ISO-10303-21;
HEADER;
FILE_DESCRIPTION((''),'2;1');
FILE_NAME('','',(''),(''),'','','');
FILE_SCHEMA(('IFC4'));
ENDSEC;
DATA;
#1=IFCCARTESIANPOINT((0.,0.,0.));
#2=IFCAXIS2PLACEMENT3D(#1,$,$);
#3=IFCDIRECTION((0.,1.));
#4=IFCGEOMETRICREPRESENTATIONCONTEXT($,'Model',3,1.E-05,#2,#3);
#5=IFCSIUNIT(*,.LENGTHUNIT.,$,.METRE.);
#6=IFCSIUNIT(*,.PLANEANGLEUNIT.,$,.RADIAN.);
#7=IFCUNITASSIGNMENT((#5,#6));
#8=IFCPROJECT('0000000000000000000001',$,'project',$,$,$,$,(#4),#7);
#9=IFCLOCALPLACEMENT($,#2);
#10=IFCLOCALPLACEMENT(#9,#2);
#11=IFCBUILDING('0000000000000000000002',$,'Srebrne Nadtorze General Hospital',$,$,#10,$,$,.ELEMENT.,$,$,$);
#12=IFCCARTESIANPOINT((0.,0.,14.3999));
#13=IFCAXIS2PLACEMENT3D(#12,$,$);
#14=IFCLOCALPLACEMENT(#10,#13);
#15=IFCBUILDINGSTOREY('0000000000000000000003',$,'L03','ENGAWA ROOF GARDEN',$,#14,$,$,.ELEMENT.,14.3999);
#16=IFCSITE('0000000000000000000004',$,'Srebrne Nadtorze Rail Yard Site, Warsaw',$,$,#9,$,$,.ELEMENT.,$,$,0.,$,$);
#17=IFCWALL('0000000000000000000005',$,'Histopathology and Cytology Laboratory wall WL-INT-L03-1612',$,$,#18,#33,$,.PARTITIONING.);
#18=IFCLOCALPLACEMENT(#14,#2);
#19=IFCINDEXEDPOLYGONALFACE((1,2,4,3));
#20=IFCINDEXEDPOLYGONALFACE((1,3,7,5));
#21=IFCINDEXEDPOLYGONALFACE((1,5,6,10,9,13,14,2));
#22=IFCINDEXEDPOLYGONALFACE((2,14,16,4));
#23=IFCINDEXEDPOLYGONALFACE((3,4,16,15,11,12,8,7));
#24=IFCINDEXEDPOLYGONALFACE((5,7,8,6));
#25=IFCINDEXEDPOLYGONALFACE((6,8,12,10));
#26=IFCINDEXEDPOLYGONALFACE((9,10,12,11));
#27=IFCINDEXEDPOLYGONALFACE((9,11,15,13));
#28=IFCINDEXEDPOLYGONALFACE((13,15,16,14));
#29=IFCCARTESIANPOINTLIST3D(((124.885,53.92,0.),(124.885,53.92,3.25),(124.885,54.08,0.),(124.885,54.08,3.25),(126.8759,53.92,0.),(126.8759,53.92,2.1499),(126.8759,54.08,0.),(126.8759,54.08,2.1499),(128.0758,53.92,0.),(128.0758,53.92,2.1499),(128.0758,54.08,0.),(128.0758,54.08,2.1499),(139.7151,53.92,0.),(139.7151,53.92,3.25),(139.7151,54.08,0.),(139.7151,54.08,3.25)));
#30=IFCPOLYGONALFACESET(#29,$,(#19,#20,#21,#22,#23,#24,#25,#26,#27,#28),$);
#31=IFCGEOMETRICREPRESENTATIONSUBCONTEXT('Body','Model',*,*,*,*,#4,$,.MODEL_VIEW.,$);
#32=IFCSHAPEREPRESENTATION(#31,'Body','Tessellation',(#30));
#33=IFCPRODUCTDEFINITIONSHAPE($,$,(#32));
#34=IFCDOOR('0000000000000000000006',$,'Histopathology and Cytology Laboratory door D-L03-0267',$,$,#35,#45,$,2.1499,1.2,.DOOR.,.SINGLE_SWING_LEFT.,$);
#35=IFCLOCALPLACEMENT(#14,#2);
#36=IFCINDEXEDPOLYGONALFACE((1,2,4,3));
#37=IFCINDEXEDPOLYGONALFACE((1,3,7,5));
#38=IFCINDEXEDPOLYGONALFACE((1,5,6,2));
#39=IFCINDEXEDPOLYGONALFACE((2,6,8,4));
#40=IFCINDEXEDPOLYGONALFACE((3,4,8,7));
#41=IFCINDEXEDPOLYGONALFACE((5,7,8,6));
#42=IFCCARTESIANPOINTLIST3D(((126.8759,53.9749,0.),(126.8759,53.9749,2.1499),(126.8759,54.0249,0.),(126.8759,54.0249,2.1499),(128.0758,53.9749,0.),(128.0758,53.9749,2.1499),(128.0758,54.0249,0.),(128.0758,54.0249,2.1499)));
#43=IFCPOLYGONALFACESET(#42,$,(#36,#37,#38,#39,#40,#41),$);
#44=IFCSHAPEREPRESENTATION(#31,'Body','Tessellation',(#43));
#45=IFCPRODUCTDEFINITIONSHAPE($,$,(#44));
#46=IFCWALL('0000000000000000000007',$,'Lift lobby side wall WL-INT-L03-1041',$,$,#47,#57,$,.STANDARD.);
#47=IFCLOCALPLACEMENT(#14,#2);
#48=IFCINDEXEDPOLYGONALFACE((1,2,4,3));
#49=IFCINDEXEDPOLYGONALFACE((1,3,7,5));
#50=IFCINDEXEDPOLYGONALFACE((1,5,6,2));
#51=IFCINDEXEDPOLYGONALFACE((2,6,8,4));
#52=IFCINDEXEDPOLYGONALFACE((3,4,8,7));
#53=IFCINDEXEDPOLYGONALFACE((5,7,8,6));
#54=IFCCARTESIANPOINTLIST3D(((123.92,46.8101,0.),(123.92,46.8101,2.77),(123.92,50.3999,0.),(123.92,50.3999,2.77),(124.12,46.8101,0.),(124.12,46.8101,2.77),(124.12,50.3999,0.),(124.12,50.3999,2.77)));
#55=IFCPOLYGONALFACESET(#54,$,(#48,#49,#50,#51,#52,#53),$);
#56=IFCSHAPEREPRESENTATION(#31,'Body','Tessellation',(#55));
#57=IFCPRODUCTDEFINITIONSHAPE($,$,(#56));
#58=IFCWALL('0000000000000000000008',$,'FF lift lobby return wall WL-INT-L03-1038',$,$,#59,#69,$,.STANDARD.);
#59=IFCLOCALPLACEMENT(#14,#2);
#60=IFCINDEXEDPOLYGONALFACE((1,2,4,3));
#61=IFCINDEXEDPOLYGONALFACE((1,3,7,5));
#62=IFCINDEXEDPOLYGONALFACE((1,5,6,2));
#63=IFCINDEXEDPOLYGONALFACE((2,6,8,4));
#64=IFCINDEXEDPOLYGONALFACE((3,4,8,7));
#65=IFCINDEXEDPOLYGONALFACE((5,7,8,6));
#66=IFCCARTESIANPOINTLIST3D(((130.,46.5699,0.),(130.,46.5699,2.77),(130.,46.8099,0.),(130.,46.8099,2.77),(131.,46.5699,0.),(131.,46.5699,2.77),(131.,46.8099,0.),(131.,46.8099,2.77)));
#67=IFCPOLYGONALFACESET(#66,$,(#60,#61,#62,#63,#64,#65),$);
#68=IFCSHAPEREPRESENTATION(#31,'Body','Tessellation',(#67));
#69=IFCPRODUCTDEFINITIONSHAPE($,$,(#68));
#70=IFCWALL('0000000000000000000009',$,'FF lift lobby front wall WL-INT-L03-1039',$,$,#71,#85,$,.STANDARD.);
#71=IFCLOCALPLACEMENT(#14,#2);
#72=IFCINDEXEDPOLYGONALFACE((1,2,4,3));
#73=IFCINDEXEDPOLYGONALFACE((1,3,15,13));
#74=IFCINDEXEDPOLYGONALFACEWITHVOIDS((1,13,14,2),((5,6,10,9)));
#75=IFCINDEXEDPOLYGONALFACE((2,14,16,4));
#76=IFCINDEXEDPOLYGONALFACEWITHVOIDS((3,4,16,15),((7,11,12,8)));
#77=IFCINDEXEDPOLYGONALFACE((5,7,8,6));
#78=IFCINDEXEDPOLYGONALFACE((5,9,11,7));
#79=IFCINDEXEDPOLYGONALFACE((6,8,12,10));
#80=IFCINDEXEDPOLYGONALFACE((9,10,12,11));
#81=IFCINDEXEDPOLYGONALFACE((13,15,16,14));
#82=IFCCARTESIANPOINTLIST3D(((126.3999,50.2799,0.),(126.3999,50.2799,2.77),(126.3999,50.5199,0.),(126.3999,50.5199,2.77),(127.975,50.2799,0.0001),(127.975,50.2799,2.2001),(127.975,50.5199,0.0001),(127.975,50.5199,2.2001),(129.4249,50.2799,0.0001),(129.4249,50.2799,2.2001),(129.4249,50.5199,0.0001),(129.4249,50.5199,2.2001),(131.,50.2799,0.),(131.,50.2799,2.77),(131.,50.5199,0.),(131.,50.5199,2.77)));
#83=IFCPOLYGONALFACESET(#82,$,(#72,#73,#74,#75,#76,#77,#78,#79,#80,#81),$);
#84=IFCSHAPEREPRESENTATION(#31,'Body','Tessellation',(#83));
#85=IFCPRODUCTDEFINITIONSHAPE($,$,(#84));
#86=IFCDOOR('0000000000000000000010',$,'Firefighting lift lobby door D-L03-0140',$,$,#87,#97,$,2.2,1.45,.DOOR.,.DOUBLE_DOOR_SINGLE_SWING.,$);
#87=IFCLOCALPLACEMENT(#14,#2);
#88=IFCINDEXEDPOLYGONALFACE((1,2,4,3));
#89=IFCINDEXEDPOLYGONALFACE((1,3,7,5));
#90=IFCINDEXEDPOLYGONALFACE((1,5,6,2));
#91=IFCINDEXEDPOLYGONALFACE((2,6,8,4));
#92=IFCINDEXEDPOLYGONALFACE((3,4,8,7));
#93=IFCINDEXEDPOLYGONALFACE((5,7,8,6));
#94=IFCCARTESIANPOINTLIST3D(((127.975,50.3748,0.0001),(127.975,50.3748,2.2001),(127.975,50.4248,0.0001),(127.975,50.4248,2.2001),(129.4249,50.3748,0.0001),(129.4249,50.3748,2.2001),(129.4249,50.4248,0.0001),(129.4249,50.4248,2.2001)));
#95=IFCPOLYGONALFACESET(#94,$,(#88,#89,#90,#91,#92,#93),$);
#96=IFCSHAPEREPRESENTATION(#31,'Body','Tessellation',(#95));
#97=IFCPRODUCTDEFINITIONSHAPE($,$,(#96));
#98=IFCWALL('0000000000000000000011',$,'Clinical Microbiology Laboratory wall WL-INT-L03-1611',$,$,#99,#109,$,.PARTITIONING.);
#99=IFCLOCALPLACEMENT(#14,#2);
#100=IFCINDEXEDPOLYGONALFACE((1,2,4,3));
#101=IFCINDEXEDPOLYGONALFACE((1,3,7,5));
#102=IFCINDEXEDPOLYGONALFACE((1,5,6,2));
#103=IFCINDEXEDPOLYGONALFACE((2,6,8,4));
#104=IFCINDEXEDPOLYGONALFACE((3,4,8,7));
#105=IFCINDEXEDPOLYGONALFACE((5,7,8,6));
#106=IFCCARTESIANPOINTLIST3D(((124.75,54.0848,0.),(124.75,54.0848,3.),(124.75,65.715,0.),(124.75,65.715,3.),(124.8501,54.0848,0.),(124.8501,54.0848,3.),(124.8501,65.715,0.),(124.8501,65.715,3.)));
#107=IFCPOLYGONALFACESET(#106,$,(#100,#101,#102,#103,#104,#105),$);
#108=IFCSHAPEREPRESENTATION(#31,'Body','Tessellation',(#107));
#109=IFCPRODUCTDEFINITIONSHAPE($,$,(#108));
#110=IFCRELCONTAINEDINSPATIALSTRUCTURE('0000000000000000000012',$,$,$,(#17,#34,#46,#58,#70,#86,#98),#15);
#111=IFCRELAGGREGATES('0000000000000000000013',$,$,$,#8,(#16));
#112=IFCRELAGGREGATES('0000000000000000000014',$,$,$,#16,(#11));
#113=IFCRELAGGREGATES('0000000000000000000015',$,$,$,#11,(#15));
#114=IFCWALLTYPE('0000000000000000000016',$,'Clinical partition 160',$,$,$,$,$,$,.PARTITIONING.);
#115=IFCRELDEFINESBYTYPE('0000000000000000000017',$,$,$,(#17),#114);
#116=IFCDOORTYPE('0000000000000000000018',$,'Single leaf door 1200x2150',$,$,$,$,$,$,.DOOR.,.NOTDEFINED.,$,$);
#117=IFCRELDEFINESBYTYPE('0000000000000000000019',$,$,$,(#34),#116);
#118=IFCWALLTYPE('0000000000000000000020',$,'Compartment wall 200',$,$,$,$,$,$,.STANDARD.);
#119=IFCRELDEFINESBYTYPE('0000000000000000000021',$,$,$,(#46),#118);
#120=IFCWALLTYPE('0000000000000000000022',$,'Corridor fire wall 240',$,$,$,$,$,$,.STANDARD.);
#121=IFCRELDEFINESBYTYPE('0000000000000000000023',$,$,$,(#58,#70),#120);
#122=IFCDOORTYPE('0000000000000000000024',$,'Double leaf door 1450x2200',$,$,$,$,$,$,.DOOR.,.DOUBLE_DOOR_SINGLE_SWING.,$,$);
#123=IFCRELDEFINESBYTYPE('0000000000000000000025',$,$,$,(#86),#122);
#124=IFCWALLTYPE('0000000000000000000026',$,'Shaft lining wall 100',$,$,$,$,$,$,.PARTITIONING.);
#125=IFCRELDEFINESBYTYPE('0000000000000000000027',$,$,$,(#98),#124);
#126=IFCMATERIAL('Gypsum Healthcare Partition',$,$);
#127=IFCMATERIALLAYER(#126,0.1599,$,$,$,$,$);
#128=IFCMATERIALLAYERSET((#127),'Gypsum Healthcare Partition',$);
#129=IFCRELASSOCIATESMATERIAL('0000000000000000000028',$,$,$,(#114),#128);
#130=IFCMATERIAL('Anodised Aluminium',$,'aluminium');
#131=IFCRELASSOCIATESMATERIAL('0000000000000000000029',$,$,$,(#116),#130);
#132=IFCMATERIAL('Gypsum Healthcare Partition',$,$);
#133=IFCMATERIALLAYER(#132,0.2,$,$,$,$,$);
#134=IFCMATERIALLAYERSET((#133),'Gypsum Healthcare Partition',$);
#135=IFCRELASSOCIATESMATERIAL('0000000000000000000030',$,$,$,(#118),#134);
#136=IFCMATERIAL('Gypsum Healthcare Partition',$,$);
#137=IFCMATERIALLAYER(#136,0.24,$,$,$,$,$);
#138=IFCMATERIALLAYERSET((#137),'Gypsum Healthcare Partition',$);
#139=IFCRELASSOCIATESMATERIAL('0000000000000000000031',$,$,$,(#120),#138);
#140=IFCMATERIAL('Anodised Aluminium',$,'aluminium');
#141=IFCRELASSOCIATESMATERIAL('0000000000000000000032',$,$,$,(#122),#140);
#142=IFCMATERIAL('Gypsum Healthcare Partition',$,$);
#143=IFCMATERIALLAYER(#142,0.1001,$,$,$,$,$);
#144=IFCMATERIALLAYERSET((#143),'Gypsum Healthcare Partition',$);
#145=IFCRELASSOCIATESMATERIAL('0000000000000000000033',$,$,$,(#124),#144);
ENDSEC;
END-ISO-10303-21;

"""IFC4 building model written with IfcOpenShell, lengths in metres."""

from ifc_helpers import new_model, si_unit, direction, frame, frame_2d, origin, place, context, subcontext, project, spatial, rectangle, extrude, material, layer, layer_set, type_object, element, fill, save


model = new_model("IFC4")

# Units and contexts
model_context = context("Model", 3, precision=1e-05, world=origin(), true_north=direction((0.0, 1.0)))
body_context = subcontext(model_context, "Body", "Model", "MODEL_VIEW")
ifc_project = project(units=[si_unit("LENGTHUNIT", "METRE"), si_unit("PLANEANGLEUNIT", "RADIAN")], contexts=[model_context])

# Site, building, storey
site_placement = place(None, origin())
site = spatial("IfcSite", under=ifc_project, at=site_placement, Name="Srebrne Nadtorze Rail Yard Site, Warsaw", CompositionType="ELEMENT", RefElevation=0.0)
building_placement = place(site_placement, origin())
building = spatial("IfcBuilding", under=site, at=building_placement, Name="Srebrne Nadtorze General Hospital", CompositionType="ELEMENT")
storey_placement = place(building_placement, frame((0.0, 0.0, 14.3999)))
storey = spatial("IfcBuildingStorey", under=building, at=storey_placement, Name="L03", Description="ENGAWA ROOF GARDEN", CompositionType="ELEMENT", Elevation=14.3999)

# Wall, opening, door
ifc_material_1 = material(Name="Gypsum Healthcare Partition")
ifc_layer_1 = layer(ifc_material_1, 0.1599)
ifc_layer_set_1 = layer_set([ifc_layer_1], Name="Gypsum Healthcare Partition")
wall_type_1 = type_object("IfcWallType", Name="Clinical partition 160", PredefinedType="PARTITIONING", material=ifc_layer_set_1)
wall_1_placement = place(storey_placement, frame((124.885, 54.0, 0.0), z_axis=(0.0, 0.0, 1.0), x_axis=(1.0, 0.0, 0.0)))
wall_1 = element("IfcWall", 1, at=wall_1_placement, inside=storey, type_object=wall_type_1, Name="Histopathology and Cytology Laboratory wall WL-INT-L03-1612", PredefinedType="PARTITIONING", context=body_context, shape_type="SweptSolid", body=[
    extrude(rectangle(XDim=14.8301, YDim=0.1599, at=frame_2d((7.415, 0.0))), origin(), (0.0, 0.0, 1.0), 3.25),
])
opening_1_placement = place(wall_1_placement, frame((1.9907, 0.0, 0.0)))
opening_1 = element("IfcOpeningElement", 2, at=opening_1_placement, cuts=wall_1, PredefinedType="OPENING", context=body_context, shape_type="SweptSolid", body=[
    extrude(rectangle(XDim=1.2, YDim=2.1499, at=frame_2d((0.6001, 1.075))), frame((0.0, 0.0918, 0.0), z_axis=(0.0, -1.0, 0.0), x_axis=(1.0, 0.0, 0.0)), (0.0, 0.0, 1.0), 0.1838),
])
ifc_material_2 = material(Name="Anodised Aluminium", Category="aluminium")
door_type_1 = type_object("IfcDoorType", Name="Single leaf door 1200x2150", OperationType="NOTDEFINED", PredefinedType="DOOR", material=ifc_material_2)
door_1_placement = place(opening_1_placement, origin())
door_1 = element("IfcDoor", 3, at=door_1_placement, inside=storey, type_object=door_type_1, Name="Histopathology and Cytology Laboratory door D-L03-0267", OperationType="SINGLE_SWING_LEFT", OverallHeight=2.1499, OverallWidth=1.2, PredefinedType="DOOR", context=body_context, shape_type="SweptSolid", body=[
    extrude(rectangle(XDim=1.2, YDim=2.1499, at=frame_2d((0.6001, 1.075))), frame((0.0, 0.0249, 0.0), z_axis=(0.0, -1.0, 0.0), x_axis=(1.0, 0.0, 0.0)), (0.0, 0.0, 1.0), 0.05),
])
fill(opening_1, door_1)

# Walls
ifc_material_3 = material(Name="Gypsum Healthcare Partition")
ifc_layer_2 = layer(ifc_material_3, 0.2)
ifc_layer_set_2 = layer_set([ifc_layer_2], Name="Gypsum Healthcare Partition")
wall_type_2 = type_object("IfcWallType", Name="Compartment wall 200", PredefinedType="STANDARD", material=ifc_layer_set_2)
wall_2_placement = place(storey_placement, frame((124.02, 46.8101, 0.0), z_axis=(0.0, 0.0, 1.0), x_axis=(0.0, 1.0, 0.0)))
element("IfcWall", 4, at=wall_2_placement, inside=storey, type_object=wall_type_2, Name="Lift lobby side wall WL-INT-L03-1041", PredefinedType="STANDARD", context=body_context, shape_type="SweptSolid", body=[
    extrude(rectangle(XDim=3.5898, YDim=0.2, at=frame_2d((1.7949, 0.0))), origin(), (0.0, 0.0, 1.0), 2.77),
])
ifc_material_4 = material(Name="Gypsum Healthcare Partition")
ifc_layer_3 = layer(ifc_material_4, 0.24)
ifc_layer_set_3 = layer_set([ifc_layer_3], Name="Gypsum Healthcare Partition")
wall_type_3 = type_object("IfcWallType", Name="Corridor fire wall 240", PredefinedType="STANDARD", material=ifc_layer_set_3)
wall_3_placement = place(storey_placement, frame((130.0, 46.6899, 0.0), z_axis=(0.0, 0.0, 1.0), x_axis=(1.0, 0.0, 0.0)))
element("IfcWall", 5, at=wall_3_placement, inside=storey, type_object=wall_type_3, Name="FF lift lobby return wall WL-INT-L03-1038", PredefinedType="STANDARD", context=body_context, shape_type="SweptSolid", body=[
    extrude(rectangle(XDim=1.0, YDim=0.24, at=frame_2d((0.5, 0.0))), origin(), (0.0, 0.0, 1.0), 2.77),
])

# Wall, opening, door
wall_4_placement = place(storey_placement, frame((126.3999, 50.3999, 0.0), z_axis=(0.0, 0.0, 1.0), x_axis=(1.0, 0.0, 0.0)))
wall_4 = element("IfcWall", 6, at=wall_4_placement, inside=storey, type_object=wall_type_3, Name="FF lift lobby front wall WL-INT-L03-1039", PredefinedType="STANDARD", context=body_context, shape_type="SweptSolid", body=[
    extrude(rectangle(XDim=4.6001, YDim=0.24, at=frame_2d((2.3, 0.0))), origin(), (0.0, 0.0, 1.0), 2.77),
])
opening_2_placement = place(wall_4_placement, frame((1.575, 0.0, 0.0)))
opening_2 = element("IfcOpeningElement", 7, at=opening_2_placement, cuts=wall_4, PredefinedType="OPENING", context=body_context, shape_type="SweptSolid", body=[
    extrude(rectangle(XDim=1.45, YDim=2.2, at=frame_2d((0.7251, 1.1001))), frame((0.0, 0.1318, 0.0), z_axis=(0.0, -1.0, 0.0), x_axis=(1.0, 0.0, 0.0)), (0.0, 0.0, 1.0), 0.2639),
])
ifc_material_5 = material(Name="Anodised Aluminium", Category="aluminium")
door_type_2 = type_object("IfcDoorType", Name="Double leaf door 1450x2200", OperationType="DOUBLE_DOOR_SINGLE_SWING", PredefinedType="DOOR", material=ifc_material_5)
door_2_placement = place(opening_2_placement, origin())
door_2 = element("IfcDoor", 8, at=door_2_placement, inside=storey, type_object=door_type_2, Name="Firefighting lift lobby door D-L03-0140", OperationType="DOUBLE_DOOR_SINGLE_SWING", OverallHeight=2.2, OverallWidth=1.45, PredefinedType="DOOR", context=body_context, shape_type="SweptSolid", body=[
    extrude(rectangle(XDim=1.45, YDim=2.2, at=frame_2d((0.7251, 1.1001))), frame((0.0, 0.0249, 0.0), z_axis=(0.0, -1.0, 0.0), x_axis=(1.0, 0.0, 0.0)), (0.0, 0.0, 1.0), 0.05),
])
fill(opening_2, door_2)

# Wall
ifc_material_6 = material(Name="Gypsum Healthcare Partition")
ifc_layer_4 = layer(ifc_material_6, 0.1001)
ifc_layer_set_4 = layer_set([ifc_layer_4], Name="Gypsum Healthcare Partition")
wall_type_4 = type_object("IfcWallType", Name="Shaft lining wall 100", PredefinedType="PARTITIONING", material=ifc_layer_set_4)
wall_5_placement = place(storey_placement, frame((124.8, 54.085, 0.0), z_axis=(0.0, 0.0, 1.0), x_axis=(0.0, 1.0, 0.0)))
element("IfcWall", 9, at=wall_5_placement, inside=storey, type_object=wall_type_4, Name="Clinical Microbiology Laboratory wall WL-INT-L03-1611", PredefinedType="PARTITIONING", context=body_context, shape_type="SweptSolid", body=[
    extrude(rectangle(XDim=11.6301, YDim=0.1001, at=frame_2d((5.8149, 0.0))), origin(), (0.0, 0.0, 1.0), 3.0),
])

save(model, "model.ifc")
